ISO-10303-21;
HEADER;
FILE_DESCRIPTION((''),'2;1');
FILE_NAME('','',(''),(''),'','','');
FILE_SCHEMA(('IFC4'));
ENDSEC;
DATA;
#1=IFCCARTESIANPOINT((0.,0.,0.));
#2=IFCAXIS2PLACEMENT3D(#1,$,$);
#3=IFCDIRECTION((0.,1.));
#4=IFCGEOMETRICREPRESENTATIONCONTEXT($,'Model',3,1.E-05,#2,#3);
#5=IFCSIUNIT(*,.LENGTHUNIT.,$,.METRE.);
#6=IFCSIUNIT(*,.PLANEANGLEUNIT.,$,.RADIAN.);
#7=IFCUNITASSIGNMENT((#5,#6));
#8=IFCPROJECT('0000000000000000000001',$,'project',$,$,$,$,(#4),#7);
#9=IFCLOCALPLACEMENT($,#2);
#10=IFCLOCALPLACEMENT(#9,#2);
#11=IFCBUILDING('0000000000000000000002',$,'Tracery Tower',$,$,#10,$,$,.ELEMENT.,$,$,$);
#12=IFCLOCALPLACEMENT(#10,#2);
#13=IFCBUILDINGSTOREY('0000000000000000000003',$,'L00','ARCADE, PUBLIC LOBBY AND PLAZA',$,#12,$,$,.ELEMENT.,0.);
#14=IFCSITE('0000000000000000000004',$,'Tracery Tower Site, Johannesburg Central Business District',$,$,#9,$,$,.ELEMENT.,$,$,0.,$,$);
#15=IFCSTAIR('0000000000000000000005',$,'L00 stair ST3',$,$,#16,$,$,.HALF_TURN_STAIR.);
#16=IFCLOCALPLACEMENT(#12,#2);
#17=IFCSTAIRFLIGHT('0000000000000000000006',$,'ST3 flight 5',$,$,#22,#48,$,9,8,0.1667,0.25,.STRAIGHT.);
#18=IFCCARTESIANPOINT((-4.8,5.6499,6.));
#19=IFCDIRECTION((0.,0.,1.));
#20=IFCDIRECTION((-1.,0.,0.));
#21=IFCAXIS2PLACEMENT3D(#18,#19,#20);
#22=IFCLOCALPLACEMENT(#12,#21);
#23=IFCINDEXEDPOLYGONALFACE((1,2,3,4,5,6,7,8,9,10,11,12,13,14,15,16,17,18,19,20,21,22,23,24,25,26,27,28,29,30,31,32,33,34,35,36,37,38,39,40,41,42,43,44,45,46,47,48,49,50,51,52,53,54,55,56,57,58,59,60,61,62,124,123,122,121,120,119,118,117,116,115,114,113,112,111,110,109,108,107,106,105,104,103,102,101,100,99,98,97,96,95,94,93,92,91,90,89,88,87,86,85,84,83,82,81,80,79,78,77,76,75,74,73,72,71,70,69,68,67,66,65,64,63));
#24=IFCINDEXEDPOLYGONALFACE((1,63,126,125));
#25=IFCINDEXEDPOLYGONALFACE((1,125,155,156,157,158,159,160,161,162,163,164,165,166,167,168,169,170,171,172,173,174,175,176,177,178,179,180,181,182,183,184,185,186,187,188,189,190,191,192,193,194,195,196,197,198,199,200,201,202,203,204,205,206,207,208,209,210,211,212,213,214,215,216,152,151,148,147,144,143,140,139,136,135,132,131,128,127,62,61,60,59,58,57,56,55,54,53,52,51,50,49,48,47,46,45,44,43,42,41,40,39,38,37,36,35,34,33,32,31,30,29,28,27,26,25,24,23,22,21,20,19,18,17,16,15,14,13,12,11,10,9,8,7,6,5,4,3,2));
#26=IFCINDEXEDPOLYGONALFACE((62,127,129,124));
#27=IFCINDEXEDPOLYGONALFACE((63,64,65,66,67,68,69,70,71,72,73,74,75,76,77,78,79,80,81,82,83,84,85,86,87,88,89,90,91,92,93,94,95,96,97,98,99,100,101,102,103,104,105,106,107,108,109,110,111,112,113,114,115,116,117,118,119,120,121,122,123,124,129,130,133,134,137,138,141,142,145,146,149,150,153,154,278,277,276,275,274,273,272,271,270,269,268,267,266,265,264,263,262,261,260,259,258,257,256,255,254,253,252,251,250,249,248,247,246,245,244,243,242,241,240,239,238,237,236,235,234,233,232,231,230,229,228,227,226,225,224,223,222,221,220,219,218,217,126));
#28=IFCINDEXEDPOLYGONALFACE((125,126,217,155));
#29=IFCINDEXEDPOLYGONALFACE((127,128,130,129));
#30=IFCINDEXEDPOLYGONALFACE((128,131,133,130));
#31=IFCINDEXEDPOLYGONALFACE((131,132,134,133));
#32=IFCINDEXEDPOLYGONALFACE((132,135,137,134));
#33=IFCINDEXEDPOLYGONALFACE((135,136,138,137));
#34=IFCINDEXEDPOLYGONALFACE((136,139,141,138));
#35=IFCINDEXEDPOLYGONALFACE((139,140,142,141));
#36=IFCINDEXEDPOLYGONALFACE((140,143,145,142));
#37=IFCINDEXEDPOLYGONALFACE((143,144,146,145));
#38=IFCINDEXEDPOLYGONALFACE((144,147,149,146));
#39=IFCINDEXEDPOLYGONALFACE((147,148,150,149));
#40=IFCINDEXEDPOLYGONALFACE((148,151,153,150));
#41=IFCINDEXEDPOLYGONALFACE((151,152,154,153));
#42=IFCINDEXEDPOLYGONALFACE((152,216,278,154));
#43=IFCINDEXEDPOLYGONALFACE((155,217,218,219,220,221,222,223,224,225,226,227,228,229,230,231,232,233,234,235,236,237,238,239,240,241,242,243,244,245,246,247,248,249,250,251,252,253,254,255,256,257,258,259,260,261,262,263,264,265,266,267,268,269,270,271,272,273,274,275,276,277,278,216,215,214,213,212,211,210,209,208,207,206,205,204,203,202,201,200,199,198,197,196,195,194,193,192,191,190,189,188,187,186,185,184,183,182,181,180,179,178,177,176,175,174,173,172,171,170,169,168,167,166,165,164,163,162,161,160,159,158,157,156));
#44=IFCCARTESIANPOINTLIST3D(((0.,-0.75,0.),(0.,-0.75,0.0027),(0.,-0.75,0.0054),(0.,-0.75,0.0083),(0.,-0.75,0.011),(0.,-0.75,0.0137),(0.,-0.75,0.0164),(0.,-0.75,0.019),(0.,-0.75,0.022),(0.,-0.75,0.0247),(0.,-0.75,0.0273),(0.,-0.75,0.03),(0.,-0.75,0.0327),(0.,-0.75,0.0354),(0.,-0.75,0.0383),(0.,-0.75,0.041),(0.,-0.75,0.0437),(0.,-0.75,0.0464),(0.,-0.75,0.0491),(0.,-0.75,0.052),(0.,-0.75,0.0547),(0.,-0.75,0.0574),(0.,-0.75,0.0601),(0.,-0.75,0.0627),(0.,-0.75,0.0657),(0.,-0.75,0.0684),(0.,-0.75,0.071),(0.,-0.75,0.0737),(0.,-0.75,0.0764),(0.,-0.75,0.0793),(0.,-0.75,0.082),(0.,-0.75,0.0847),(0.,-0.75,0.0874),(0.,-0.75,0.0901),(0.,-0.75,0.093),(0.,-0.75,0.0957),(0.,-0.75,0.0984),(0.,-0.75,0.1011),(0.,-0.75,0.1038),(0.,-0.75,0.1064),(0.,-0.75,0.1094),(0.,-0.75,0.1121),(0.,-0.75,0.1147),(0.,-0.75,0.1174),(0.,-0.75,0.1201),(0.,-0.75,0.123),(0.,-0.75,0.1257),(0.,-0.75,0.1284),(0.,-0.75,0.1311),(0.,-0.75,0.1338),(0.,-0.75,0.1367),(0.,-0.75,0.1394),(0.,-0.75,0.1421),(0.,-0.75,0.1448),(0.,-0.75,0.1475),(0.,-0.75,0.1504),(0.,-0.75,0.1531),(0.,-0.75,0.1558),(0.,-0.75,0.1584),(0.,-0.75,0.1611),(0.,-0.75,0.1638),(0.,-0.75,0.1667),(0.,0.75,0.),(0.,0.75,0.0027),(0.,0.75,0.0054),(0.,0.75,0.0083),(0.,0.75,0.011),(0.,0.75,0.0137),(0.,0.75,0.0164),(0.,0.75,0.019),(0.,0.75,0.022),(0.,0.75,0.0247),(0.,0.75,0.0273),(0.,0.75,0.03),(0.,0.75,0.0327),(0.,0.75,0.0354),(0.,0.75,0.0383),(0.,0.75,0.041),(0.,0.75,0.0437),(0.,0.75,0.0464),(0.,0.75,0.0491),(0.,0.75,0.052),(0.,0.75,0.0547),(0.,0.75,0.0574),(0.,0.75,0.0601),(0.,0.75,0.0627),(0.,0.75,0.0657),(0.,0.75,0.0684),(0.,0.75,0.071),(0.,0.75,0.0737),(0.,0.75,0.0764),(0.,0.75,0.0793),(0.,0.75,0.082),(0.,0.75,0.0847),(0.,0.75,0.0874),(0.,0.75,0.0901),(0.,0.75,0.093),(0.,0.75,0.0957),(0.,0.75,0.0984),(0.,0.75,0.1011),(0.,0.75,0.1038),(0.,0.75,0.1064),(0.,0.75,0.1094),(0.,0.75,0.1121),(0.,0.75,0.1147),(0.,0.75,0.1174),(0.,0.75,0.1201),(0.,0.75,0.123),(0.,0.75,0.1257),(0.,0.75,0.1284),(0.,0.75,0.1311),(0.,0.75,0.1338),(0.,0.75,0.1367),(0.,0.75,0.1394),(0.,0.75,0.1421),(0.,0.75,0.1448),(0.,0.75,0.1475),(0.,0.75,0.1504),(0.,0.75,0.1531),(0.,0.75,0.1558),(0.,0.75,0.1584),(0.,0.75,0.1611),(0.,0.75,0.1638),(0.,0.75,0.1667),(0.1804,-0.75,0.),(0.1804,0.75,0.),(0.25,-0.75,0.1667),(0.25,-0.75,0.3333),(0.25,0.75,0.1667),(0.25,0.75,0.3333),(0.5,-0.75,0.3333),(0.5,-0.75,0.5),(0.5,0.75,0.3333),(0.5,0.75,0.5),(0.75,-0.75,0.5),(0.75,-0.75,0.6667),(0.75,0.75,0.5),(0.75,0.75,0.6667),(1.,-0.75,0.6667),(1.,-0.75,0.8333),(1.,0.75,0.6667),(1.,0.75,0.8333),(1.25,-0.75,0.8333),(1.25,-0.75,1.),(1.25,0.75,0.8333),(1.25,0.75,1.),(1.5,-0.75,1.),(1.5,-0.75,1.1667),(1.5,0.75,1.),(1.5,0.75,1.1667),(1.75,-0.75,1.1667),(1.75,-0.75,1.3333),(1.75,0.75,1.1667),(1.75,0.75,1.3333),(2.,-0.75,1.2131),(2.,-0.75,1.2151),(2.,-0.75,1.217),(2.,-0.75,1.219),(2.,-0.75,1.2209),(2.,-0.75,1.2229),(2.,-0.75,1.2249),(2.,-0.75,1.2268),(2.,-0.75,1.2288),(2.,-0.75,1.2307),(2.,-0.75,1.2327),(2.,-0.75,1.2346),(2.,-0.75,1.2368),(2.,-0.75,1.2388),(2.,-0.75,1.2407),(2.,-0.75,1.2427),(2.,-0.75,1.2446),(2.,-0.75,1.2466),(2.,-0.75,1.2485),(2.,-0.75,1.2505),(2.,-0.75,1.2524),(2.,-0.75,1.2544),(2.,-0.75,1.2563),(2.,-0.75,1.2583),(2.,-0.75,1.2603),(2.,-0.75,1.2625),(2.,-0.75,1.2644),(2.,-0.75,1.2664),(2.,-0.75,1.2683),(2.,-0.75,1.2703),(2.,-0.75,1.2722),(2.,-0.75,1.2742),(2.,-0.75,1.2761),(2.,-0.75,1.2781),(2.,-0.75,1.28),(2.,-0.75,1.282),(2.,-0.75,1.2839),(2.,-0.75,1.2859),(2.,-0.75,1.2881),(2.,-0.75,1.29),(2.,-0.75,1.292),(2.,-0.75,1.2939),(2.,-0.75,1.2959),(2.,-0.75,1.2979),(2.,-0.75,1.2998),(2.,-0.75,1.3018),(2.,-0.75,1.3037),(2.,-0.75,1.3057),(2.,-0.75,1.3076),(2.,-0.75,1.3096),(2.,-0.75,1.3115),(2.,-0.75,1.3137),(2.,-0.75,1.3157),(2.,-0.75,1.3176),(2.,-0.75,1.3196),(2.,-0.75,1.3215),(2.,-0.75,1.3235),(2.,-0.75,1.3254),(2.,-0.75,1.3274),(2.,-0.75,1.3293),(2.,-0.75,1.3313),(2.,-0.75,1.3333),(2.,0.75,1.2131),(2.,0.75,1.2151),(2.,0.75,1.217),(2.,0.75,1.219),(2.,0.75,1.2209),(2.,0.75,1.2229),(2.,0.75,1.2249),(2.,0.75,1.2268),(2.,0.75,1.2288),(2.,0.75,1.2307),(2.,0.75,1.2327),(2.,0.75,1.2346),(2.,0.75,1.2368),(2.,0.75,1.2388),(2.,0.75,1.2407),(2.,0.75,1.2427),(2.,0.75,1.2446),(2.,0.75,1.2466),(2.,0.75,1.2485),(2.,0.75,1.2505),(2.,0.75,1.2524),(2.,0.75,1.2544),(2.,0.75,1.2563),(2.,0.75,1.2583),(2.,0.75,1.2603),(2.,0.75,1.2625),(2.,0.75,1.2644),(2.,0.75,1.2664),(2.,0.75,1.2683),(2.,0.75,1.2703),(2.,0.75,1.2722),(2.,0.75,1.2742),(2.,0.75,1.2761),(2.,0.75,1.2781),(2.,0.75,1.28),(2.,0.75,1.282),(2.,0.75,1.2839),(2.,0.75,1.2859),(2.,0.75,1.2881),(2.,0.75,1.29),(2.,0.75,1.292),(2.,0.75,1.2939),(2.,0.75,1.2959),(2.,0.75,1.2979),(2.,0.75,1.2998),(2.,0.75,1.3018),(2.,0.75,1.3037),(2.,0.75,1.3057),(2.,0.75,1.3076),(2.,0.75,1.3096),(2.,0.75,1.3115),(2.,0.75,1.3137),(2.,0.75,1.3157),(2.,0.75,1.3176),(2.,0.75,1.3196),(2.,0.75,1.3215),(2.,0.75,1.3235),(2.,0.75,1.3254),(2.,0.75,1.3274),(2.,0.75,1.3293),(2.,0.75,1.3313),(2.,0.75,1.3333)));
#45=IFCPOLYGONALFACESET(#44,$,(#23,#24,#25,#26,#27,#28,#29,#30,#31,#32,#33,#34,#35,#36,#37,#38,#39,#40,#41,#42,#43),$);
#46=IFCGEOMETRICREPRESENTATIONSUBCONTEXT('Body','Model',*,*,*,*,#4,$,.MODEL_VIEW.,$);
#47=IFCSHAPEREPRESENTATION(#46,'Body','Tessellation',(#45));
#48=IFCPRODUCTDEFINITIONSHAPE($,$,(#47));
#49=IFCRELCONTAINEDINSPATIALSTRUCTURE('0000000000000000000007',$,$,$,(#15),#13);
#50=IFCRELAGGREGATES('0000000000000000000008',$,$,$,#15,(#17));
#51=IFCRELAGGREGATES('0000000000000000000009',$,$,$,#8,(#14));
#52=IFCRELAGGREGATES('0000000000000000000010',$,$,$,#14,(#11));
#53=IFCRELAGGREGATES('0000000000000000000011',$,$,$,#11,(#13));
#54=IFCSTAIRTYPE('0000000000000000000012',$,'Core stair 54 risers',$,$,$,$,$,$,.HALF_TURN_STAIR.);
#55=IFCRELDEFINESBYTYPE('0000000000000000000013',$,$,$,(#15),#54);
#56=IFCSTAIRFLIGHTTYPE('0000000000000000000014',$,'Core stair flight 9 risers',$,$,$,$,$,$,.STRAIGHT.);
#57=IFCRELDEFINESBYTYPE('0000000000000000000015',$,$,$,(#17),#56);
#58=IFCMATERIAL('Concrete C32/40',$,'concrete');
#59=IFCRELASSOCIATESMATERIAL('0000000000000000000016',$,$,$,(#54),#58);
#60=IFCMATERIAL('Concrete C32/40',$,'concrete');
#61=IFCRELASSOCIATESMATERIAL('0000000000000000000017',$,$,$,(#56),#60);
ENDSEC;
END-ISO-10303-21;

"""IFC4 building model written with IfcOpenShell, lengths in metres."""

from ifc_helpers import new_model, si_unit, direction, frame, origin, place, context, subcontext, project, spatial, polyline, outline, extrude, material, type_object, element, aggregate, save


model = new_model("IFC4")

# Units and contexts
model_context = context("Model", 3, precision=1e-05, world=origin(), true_north=direction((0.0, 1.0)))
body_context = subcontext(model_context, "Body", "Model", "MODEL_VIEW")
ifc_project = project(units=[si_unit("LENGTHUNIT", "METRE"), si_unit("PLANEANGLEUNIT", "RADIAN")], contexts=[model_context])

# Site, building, storey
site_placement = place(None, origin())
site = spatial("IfcSite", under=ifc_project, at=site_placement, Name="Tracery Tower Site, Johannesburg Central Business District", CompositionType="ELEMENT", RefElevation=0.0)
building_placement = place(site_placement, origin())
building = spatial("IfcBuilding", under=site, at=building_placement, Name="Tracery Tower", CompositionType="ELEMENT")
storey_placement = place(building_placement, origin())
storey = spatial("IfcBuildingStorey", under=building, at=storey_placement, Name="L00", Description="ARCADE, PUBLIC LOBBY AND PLAZA", CompositionType="ELEMENT", Elevation=0.0)

# Stair, stair flight
ifc_material_1 = material(Name="Concrete C32/40", Category="concrete")
stair_type = type_object("IfcStairType", Name="Core stair 54 risers", PredefinedType="HALF_TURN_STAIR", material=ifc_material_1)
stair_placement = place(storey_placement, origin())
stair = element("IfcStair", 1, at=stair_placement, inside=storey, type_object=stair_type, Name="L00 stair ST3", PredefinedType="HALF_TURN_STAIR")
ifc_material_2 = material(Name="Concrete C32/40", Category="concrete")
stair_flight_type = type_object("IfcStairFlightType", Name="Core stair flight 9 risers", PredefinedType="STRAIGHT", material=ifc_material_2)
stair_flight_1_placement = place(storey_placement, frame((-4.8, 5.6499, 6.0), z_axis=(0.0, 0.0, 1.0), x_axis=(-1.0, 0.0, 0.0)))
stair_flight_1 = element("IfcStairFlight", 2, at=stair_flight_1_placement, type_object=stair_flight_type, Name="ST3 flight 5", NumberOfRisers=9, NumberOfTreads=8, PredefinedType="STRAIGHT", RiserHeight=0.1667, TreadLength=0.25, context=body_context, shape_type="SweptSolid", body=[
    extrude(outline(polyline([(0.0, 0.0), (0.0, 0.0027), (0.0, 0.0054), (0.0, 0.0083), (0.0, 0.011), (0.0, 0.0137), (0.0, 0.0164), (0.0, 0.019), (0.0, 0.022), (0.0, 0.0247), (0.0, 0.0273), (0.0, 0.03), (0.0, 0.0327), (0.0, 0.0354), (0.0, 0.0383), (0.0, 0.041), (0.0, 0.0437), (0.0, 0.0464), (0.0, 0.0491), (0.0, 0.052), (0.0, 0.0547), (0.0, 0.0574), (0.0, 0.0601), (0.0, 0.0627), (0.0, 0.0657), (0.0, 0.0684), (0.0, 0.071), (0.0, 0.0737), (0.0, 0.0764), (0.0, 0.0793), (0.0, 0.082), (0.0, 0.0847), (0.0, 0.0874), (0.0, 0.0901), (0.0, 0.093), (0.0, 0.0957), (0.0, 0.0984), (0.0, 0.1011), (0.0, 0.1038), (0.0, 0.1064), (0.0, 0.1094), (0.0, 0.1121), (0.0, 0.1147), (0.0, 0.1174), (0.0, 0.1201), (0.0, 0.123), (0.0, 0.1257), (0.0, 0.1284), (0.0, 0.1311), (0.0, 0.1338), (0.0, 0.1367), (0.0, 0.1394), (0.0, 0.1421), (0.0, 0.1448), (0.0, 0.1475), (0.0, 0.1504), (0.0, 0.1531), (0.0, 0.1558), (0.0, 0.1584), (0.0, 0.1611), (0.0, 0.1638), (0.0, 0.1667), (0.25, 0.1667), (0.25, 0.3333), (0.5, 0.3333), (0.5, 0.5), (0.75, 0.5), (0.75, 0.6667), (1.0, 0.6667), (1.0, 0.8333), (1.25, 0.8333), (1.25, 1.0), (1.5, 1.0), (1.5, 1.1667), (1.75, 1.1667), (1.75, 1.3333), (2.0, 1.3333), (2.0, 1.3313), (2.0, 1.3293), (2.0, 1.3274), (2.0, 1.3254), (2.0, 1.3235), (2.0, 1.3215), (2.0, 1.3196), (2.0, 1.3176), (2.0, 1.3157), (2.0, 1.3137), (2.0, 1.3115), (2.0, 1.3096), (2.0, 1.3076), (2.0, 1.3057), (2.0, 1.3037), (2.0, 1.3018), (2.0, 1.2998), (2.0, 1.2979), (2.0, 1.2959), (2.0, 1.2939), (2.0, 1.292), (2.0, 1.29), (2.0, 1.2881), (2.0, 1.2859), (2.0, 1.2839), (2.0, 1.282), (2.0, 1.28), (2.0, 1.2781), (2.0, 1.2761), (2.0, 1.2742), (2.0, 1.2722), (2.0, 1.2703), (2.0, 1.2683), (2.0, 1.2664), (2.0, 1.2644), (2.0, 1.2625), (2.0, 1.2603), (2.0, 1.2583), (2.0, 1.2563), (2.0, 1.2544), (2.0, 1.2524), (2.0, 1.2505), (2.0, 1.2485), (2.0, 1.2466), (2.0, 1.2446), (2.0, 1.2427), (2.0, 1.2407), (2.0, 1.2388), (2.0, 1.2368), (2.0, 1.2346), (2.0, 1.2327), (2.0, 1.2307), (2.0, 1.2288), (2.0, 1.2268), (2.0, 1.2249), (2.0, 1.2229), (2.0, 1.2209), (2.0, 1.219), (2.0, 1.217), (2.0, 1.2151), (2.0, 1.2131), (0.1804, 0.0), (0.0, 0.0)])), frame((0.0, 0.75, 0.0), z_axis=(0.0, -1.0, 0.0), x_axis=(1.0, 0.0, 0.0)), (0.0, 0.0, 1.0), 1.5),
])
aggregate(stair, [stair_flight_1])

save(model, "model.ifc")
